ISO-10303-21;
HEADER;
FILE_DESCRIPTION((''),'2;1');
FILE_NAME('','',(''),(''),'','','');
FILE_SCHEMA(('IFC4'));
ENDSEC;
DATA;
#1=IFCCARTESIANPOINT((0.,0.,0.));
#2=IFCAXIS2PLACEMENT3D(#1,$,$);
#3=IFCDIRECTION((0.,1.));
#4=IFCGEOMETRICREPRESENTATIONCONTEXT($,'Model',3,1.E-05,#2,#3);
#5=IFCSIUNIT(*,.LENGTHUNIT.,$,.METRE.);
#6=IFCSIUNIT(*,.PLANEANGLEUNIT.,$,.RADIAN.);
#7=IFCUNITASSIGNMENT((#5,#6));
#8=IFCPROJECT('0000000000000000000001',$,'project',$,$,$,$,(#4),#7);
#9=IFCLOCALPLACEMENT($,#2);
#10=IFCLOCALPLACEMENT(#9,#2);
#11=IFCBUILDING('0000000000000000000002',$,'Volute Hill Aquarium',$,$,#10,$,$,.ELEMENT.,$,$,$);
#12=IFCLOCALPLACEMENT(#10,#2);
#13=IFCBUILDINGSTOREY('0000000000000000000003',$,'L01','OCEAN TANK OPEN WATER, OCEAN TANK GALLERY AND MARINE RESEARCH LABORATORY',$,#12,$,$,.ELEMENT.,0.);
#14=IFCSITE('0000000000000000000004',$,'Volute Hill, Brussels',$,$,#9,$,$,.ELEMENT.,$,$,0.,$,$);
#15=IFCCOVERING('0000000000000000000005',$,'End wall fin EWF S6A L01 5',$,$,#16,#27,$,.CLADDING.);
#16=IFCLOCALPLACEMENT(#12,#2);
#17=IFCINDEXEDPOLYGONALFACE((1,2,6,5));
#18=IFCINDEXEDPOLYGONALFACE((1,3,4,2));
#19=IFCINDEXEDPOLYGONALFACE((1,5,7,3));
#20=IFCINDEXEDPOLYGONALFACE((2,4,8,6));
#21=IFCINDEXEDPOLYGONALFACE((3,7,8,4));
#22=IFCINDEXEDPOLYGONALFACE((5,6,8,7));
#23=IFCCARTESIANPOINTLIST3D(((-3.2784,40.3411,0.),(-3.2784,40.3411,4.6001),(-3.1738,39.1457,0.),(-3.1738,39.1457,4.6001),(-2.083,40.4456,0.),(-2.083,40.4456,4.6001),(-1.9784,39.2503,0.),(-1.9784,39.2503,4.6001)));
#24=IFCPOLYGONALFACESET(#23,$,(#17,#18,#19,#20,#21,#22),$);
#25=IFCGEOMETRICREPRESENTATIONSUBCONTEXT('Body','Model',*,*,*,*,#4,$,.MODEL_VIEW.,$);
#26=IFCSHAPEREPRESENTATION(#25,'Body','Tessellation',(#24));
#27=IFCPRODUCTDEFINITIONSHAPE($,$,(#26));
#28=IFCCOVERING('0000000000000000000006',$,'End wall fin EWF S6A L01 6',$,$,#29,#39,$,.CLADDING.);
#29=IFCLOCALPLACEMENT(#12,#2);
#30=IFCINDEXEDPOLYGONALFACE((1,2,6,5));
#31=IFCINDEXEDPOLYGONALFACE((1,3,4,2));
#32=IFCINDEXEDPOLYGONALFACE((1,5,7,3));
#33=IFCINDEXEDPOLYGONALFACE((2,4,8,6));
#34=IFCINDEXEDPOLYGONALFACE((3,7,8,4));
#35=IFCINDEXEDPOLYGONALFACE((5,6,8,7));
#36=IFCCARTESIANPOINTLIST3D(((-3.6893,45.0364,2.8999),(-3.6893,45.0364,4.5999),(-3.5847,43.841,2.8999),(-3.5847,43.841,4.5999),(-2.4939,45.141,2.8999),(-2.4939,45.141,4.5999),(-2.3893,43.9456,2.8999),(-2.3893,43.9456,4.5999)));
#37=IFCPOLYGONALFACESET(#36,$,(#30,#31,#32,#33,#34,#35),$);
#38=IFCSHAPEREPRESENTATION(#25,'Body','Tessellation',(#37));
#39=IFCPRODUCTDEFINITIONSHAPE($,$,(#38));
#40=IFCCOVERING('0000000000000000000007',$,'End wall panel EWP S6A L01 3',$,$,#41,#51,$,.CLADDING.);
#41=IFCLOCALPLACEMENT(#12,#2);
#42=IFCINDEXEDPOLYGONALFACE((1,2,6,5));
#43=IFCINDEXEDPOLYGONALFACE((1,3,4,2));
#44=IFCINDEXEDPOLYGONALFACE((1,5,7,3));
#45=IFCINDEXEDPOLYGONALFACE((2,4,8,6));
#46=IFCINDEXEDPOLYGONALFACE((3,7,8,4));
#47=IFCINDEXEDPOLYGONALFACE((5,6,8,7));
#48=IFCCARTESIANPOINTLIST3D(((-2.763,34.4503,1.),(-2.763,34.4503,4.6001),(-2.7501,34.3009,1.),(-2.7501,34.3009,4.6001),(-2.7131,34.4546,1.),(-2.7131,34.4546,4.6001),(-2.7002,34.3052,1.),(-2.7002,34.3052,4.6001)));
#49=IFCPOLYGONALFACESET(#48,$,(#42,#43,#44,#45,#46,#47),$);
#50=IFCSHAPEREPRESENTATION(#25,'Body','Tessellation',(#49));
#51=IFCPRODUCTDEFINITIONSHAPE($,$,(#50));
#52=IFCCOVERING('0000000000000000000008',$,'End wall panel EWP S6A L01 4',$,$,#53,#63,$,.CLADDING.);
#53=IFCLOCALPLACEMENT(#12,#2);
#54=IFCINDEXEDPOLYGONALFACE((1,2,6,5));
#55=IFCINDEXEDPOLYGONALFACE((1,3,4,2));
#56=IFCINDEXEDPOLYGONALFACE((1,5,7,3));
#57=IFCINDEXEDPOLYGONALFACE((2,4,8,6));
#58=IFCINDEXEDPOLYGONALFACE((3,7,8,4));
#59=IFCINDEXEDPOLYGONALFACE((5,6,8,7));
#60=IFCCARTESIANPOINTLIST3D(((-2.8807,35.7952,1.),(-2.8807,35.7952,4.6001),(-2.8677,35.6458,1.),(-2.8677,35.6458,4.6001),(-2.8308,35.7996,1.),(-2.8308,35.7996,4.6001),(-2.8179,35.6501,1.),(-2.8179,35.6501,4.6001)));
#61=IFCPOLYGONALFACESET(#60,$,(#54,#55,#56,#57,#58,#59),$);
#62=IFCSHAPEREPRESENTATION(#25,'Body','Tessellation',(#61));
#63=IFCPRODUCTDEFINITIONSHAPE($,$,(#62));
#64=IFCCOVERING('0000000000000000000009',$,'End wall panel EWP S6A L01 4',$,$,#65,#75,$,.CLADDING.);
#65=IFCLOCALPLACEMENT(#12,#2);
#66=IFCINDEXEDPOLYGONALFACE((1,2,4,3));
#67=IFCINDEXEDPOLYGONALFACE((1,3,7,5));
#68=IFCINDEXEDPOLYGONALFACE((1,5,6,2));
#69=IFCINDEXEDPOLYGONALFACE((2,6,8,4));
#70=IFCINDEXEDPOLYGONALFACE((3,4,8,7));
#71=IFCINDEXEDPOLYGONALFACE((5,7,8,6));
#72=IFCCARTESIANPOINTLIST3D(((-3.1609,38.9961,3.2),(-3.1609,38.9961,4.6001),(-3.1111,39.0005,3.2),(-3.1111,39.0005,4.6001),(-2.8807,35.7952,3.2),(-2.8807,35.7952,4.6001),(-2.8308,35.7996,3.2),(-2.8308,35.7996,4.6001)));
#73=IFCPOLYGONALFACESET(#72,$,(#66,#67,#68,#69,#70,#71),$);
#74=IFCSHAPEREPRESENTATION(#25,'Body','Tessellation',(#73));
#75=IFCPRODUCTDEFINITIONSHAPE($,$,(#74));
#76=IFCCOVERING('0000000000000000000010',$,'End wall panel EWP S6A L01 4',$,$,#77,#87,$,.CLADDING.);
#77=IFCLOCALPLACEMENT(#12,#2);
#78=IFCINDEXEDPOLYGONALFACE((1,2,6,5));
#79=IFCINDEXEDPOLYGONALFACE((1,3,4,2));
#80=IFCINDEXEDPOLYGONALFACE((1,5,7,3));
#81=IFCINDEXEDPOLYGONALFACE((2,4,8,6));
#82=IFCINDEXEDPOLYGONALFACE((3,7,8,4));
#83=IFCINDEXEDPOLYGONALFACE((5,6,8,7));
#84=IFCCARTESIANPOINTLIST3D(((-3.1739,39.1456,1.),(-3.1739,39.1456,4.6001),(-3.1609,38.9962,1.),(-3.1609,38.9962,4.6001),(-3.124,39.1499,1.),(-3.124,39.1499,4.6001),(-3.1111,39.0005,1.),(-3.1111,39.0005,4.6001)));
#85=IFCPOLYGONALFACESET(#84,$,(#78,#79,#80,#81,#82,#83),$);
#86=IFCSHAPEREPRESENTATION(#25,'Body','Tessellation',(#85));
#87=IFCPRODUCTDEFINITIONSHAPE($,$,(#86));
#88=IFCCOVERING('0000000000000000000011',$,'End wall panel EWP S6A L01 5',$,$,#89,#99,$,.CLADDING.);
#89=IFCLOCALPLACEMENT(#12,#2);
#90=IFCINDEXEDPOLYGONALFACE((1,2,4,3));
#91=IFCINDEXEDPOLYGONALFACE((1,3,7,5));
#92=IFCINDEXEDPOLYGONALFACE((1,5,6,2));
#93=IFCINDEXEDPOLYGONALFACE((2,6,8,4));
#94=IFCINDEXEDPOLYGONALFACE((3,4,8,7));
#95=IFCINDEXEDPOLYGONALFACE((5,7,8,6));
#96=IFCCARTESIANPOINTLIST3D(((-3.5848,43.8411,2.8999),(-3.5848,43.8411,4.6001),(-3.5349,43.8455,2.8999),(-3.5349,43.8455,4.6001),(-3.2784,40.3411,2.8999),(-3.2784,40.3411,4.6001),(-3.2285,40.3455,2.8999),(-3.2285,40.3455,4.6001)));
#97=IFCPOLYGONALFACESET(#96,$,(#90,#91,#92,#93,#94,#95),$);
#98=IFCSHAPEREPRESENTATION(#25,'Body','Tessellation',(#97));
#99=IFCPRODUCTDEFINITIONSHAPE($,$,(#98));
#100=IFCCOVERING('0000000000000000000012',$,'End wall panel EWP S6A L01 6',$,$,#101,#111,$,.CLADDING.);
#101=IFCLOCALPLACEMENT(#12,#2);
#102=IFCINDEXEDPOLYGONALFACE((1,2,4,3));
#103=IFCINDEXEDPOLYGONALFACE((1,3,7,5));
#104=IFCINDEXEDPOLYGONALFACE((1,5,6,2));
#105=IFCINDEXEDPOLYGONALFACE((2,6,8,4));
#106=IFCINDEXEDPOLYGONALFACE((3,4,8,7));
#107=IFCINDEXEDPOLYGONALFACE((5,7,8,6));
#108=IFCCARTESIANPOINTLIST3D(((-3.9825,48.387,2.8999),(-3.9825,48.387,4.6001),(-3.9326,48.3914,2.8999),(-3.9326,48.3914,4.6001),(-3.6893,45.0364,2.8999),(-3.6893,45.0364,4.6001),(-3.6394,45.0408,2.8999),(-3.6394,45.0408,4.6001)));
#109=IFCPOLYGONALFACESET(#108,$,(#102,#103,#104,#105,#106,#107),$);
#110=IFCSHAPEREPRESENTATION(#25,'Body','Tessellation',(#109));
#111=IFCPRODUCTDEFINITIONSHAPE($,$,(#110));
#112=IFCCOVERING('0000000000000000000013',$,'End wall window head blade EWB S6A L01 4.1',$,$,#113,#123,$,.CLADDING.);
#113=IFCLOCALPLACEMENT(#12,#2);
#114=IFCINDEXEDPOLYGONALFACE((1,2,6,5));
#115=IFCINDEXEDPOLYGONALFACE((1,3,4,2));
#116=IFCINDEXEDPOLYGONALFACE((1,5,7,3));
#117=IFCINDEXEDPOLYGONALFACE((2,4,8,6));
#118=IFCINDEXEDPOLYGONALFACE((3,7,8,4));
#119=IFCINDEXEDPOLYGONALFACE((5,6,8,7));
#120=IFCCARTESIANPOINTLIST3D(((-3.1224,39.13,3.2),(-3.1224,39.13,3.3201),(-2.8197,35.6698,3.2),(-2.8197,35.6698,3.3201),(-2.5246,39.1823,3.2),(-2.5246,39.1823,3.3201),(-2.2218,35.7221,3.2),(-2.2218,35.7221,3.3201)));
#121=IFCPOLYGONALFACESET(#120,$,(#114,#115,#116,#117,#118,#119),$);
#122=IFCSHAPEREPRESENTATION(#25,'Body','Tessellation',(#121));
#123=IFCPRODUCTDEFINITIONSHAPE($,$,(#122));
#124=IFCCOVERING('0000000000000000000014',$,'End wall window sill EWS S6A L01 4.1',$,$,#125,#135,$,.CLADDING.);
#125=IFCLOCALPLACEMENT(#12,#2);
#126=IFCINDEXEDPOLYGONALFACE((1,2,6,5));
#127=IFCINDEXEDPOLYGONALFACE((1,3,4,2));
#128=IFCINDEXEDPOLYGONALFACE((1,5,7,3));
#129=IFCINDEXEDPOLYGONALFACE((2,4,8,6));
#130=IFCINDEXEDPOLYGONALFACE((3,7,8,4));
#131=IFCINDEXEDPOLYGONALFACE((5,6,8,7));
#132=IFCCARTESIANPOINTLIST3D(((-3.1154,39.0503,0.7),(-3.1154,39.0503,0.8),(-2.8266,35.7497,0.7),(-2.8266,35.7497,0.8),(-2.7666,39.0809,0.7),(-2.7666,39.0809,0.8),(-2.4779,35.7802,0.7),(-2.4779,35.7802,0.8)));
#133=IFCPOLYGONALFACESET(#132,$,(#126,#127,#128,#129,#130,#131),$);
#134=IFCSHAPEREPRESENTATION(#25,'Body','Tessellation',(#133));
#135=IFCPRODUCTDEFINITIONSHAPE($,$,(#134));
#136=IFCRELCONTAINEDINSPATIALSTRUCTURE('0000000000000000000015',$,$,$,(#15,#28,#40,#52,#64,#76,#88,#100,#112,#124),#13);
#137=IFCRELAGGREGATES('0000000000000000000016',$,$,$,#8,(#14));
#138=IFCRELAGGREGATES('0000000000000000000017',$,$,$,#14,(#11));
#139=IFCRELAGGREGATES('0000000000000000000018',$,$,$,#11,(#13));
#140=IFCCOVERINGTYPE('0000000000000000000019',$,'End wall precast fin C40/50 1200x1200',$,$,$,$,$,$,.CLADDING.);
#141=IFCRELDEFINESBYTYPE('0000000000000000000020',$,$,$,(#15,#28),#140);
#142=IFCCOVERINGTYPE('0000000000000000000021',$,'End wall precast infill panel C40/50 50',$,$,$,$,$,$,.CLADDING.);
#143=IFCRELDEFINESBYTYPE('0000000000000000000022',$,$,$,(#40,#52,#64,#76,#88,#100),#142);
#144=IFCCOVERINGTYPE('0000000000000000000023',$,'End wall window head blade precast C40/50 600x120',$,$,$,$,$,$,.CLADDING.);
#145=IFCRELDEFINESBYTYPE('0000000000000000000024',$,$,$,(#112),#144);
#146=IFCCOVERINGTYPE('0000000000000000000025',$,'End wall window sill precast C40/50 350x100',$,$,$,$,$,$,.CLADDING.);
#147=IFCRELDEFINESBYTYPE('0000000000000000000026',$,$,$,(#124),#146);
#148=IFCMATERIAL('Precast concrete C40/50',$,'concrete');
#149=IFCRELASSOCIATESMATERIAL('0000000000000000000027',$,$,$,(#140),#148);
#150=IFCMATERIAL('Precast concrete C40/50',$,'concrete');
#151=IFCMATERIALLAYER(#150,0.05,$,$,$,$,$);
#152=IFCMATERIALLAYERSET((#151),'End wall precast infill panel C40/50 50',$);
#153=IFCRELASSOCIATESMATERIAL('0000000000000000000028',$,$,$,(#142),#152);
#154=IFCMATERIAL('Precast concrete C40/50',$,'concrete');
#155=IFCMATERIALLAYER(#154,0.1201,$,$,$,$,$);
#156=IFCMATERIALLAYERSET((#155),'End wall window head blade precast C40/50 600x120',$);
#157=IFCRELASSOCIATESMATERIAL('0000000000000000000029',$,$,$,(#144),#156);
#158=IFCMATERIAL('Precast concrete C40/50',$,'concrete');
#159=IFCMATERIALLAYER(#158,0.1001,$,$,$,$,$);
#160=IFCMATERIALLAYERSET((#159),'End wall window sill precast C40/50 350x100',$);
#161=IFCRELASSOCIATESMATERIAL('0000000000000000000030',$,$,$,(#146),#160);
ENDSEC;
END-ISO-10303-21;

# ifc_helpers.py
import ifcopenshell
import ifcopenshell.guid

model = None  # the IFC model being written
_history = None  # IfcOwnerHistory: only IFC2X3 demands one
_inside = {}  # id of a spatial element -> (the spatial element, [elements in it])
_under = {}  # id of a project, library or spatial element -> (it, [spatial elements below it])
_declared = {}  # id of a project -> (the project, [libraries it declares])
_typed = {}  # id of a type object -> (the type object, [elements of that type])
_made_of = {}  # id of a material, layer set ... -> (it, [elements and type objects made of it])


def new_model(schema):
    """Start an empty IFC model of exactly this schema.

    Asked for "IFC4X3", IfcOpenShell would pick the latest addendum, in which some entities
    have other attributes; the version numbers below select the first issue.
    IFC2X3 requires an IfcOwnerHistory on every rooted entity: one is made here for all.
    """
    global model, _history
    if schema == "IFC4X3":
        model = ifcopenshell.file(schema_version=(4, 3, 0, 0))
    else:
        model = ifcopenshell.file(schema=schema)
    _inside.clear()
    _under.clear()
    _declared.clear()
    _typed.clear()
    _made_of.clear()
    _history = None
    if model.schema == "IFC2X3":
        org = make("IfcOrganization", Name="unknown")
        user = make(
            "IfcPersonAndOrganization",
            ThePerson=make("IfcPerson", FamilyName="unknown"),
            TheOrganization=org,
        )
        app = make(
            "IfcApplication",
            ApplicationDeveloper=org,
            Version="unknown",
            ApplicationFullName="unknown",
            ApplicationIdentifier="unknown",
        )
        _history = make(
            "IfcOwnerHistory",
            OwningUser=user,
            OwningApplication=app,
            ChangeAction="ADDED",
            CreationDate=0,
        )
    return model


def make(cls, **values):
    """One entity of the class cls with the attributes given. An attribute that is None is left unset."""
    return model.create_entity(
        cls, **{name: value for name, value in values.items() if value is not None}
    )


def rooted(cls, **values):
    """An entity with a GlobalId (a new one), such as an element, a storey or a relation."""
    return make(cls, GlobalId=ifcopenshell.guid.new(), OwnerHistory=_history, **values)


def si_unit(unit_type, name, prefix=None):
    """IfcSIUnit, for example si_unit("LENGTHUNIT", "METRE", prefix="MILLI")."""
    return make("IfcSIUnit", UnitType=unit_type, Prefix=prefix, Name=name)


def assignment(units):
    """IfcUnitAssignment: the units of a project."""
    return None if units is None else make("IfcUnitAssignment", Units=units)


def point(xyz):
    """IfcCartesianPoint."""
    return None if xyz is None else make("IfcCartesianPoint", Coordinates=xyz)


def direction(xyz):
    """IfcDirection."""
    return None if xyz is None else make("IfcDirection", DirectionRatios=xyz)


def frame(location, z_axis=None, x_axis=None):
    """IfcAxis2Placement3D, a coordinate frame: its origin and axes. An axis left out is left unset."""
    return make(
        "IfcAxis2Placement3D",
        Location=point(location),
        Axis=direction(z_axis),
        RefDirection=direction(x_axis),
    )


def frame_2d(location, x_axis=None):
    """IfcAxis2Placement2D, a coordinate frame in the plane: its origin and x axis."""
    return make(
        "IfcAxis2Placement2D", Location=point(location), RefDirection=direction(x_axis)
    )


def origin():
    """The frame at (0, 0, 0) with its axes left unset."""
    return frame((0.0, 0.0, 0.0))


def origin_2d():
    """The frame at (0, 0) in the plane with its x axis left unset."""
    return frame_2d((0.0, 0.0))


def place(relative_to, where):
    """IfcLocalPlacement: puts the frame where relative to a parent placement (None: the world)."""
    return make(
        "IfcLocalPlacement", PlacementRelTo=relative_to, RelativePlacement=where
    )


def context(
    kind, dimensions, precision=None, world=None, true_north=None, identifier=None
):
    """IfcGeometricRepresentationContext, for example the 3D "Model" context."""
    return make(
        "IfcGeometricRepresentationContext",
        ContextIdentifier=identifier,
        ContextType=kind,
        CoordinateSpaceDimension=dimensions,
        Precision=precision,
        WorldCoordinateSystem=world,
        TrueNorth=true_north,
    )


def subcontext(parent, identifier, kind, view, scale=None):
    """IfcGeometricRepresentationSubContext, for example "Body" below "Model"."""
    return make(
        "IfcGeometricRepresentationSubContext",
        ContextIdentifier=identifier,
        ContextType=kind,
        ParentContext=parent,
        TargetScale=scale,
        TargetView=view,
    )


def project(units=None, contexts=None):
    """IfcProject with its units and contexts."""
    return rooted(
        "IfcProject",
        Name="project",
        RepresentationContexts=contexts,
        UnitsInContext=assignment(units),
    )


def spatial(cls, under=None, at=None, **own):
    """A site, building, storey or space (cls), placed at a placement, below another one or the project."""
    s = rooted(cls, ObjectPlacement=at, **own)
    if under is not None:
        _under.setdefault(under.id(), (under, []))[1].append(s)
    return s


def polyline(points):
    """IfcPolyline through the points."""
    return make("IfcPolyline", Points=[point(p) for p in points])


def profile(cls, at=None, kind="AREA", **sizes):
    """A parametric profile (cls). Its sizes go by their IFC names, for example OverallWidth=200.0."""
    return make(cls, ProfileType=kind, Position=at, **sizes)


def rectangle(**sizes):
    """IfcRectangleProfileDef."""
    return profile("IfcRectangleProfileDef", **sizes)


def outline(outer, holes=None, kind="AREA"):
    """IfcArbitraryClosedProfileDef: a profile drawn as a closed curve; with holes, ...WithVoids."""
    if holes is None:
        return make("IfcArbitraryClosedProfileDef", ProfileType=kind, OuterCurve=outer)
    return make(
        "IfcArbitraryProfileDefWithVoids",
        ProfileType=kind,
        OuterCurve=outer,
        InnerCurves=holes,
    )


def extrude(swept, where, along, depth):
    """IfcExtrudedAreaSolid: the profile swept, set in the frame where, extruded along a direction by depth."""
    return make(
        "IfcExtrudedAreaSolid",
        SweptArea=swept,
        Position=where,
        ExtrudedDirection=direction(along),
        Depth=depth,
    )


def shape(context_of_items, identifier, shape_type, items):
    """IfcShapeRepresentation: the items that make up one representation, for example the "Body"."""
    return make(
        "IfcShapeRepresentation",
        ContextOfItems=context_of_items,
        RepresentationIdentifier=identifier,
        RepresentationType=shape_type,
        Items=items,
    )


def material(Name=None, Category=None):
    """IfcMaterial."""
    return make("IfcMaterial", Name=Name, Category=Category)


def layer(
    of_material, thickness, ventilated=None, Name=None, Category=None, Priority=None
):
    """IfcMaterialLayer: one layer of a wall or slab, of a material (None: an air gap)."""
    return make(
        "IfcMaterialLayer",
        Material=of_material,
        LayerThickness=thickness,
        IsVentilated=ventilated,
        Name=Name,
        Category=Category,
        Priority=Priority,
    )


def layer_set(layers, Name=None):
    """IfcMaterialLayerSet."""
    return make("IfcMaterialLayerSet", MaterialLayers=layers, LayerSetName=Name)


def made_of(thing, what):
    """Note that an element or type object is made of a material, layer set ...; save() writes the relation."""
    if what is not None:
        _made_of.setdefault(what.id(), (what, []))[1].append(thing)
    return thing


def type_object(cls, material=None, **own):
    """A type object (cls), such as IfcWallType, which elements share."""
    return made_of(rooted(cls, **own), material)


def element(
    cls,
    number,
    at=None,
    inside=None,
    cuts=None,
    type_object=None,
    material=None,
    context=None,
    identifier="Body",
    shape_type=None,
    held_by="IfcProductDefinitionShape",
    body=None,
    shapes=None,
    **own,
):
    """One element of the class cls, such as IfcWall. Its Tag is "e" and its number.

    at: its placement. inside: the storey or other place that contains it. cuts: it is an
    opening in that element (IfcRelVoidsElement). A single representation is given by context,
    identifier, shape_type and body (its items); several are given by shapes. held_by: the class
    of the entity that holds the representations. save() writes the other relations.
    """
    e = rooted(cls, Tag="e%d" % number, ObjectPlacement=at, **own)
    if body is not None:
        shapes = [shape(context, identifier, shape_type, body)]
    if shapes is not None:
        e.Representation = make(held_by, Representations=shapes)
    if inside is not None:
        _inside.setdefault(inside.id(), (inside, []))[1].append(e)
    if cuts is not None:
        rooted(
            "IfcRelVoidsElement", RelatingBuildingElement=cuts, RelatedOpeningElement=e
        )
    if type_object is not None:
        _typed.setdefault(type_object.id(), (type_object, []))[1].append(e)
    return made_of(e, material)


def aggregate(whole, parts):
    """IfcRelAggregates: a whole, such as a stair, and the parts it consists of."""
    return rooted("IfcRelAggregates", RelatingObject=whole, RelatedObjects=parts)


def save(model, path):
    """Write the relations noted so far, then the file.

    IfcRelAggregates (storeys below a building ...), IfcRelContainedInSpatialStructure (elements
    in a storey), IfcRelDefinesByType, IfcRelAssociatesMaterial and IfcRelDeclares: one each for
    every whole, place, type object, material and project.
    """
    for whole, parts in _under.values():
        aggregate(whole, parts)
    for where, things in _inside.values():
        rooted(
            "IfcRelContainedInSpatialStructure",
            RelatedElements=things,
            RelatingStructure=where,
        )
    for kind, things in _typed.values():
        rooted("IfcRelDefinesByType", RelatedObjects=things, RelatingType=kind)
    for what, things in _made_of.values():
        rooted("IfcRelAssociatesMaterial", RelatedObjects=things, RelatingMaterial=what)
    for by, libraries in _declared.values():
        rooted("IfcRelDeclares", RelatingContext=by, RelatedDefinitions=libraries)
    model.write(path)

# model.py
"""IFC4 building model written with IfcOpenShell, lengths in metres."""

from ifc_helpers import new_model, si_unit, direction, frame, origin, origin_2d, place, context, subcontext, project, spatial, polyline, rectangle, outline, extrude, material, layer, layer_set, type_object, element, save


model = new_model("IFC4")

# Units and contexts
model_context = context("Model", 3, precision=1e-05, world=origin(), true_north=direction((0.0, 1.0)))
body_context = subcontext(model_context, "Body", "Model", "MODEL_VIEW")
ifc_project = project(units=[si_unit("LENGTHUNIT", "METRE"), si_unit("PLANEANGLEUNIT", "RADIAN")], contexts=[model_context])

# Site, building, storey
site_placement = place(None, origin())
site = spatial("IfcSite", under=ifc_project, at=site_placement, Name="Volute Hill, Brussels", CompositionType="ELEMENT", RefElevation=0.0)
building_placement = place(site_placement, origin())
building = spatial("IfcBuilding", under=site, at=building_placement, Name="Volute Hill Aquarium", CompositionType="ELEMENT")
storey_placement = place(building_placement, origin())
storey = spatial("IfcBuildingStorey", under=building, at=storey_placement, Name="L01", Description="OCEAN TANK OPEN WATER, OCEAN TANK GALLERY AND MARINE RESEARCH LABORATORY", CompositionType="ELEMENT", Elevation=0.0)

# Coverings
ifc_material_1 = material(Name="Precast concrete C40/50", Category="concrete")
covering_type_1 = type_object("IfcCoveringType", Name="End wall precast fin C40/50 1200x1200", PredefinedType="CLADDING", material=ifc_material_1)
for number, where, z_axis, x_axis, name in (
    (1, (-2.6284, 39.7957, 0.0), (0.0, 0.0, 1.0), (-0.087158, 0.996194, 0.0), "End wall fin EWF S6A L01 5"),
):
    element("IfcCovering", number, at=place(storey_placement, frame(where, z_axis=z_axis, x_axis=x_axis)), inside=storey, type_object=covering_type_1, Name=name, PredefinedType="CLADDING", context=body_context, shape_type="SweptSolid", body=[
        extrude(rectangle(XDim=1.2, YDim=1.2, at=origin_2d()), origin(), (0.0, 0.0, 1.0), 4.6001),
    ])
covering_1_placement = place(storey_placement, frame((-3.0393, 44.491, 2.8999), z_axis=(0.0, 0.0, 1.0), x_axis=(-0.087158, 0.996194, 0.0)))
element("IfcCovering", 2, at=covering_1_placement, inside=storey, type_object=covering_type_1, Name="End wall fin EWF S6A L01 6", PredefinedType="CLADDING", context=body_context, shape_type="SweptSolid", body=[
    extrude(rectangle(XDim=1.2, YDim=1.2, at=origin_2d()), origin(), (0.0, 0.0, 1.0), 1.7),
])
ifc_material_2 = material(Name="Precast concrete C40/50", Category="concrete")
ifc_layer_1 = layer(ifc_material_2, 0.05)
ifc_layer_set_1 = layer_set([ifc_layer_1], Name="End wall precast infill panel C40/50 50")
covering_type_2 = type_object("IfcCoveringType", Name="End wall precast infill panel C40/50 50", PredefinedType="CLADDING", material=ifc_layer_set_1)
for number, where, z_axis, x_axis, name in (
    (3, (-2.7002, 34.3052, 1.0), (0.996271, 0.086278, 0.0), (-0.086278, 0.996271, 0.0), "End wall panel EWP S6A L01 3"),
    (4, (-2.8179, 35.6501, 1.0), (0.996271, 0.086278, 0.0), (-0.086278, 0.996271, 0.0), "End wall panel EWP S6A L01 4"),
):
    element("IfcCovering", number, at=place(storey_placement, frame(where, z_axis=z_axis, x_axis=x_axis)), inside=storey, type_object=covering_type_2, Name=name, PredefinedType="CLADDING", context=body_context, shape_type="SweptSolid", body=[
        extrude(outline(polyline([(0.0, 0.0), (0.15, 0.0), (0.15, 3.6001), (0.0, 3.6001), (0.0, 0.0)])), origin(), (0.0, 0.0, -1.0), 0.05),
    ])
covering_2_placement = place(storey_placement, frame((-2.8308, 35.7996, 3.2), z_axis=(0.996189, 0.087226, 0.0), x_axis=(-0.087226, 0.996189, 0.0)))
element("IfcCovering", 5, at=covering_2_placement, inside=storey, type_object=covering_type_2, Name="End wall panel EWP S6A L01 4", PredefinedType="CLADDING", context=body_context, shape_type="SweptSolid", body=[
    extrude(outline(polyline([(0.0, 0.0), (3.2132, 0.0), (3.2132, 1.4001), (0.0, 1.4001), (0.0, 0.0)])), origin(), (0.0, 0.0, -1.0), 0.05),
])
covering_3_placement = place(storey_placement, frame((-3.1111, 39.0005, 1.0), z_axis=(0.996271, 0.086278, 0.0), x_axis=(-0.086278, 0.996271, 0.0)))
element("IfcCovering", 6, at=covering_3_placement, inside=storey, type_object=covering_type_2, Name="End wall panel EWP S6A L01 4", PredefinedType="CLADDING", context=body_context, shape_type="SweptSolid", body=[
    extrude(outline(polyline([(0.0, 0.0), (0.15, 0.0), (0.15, 3.6001), (0.0, 3.6001), (0.0, 0.0)])), origin(), (0.0, 0.0, -1.0), 0.05),
])
covering_4_placement = place(storey_placement, frame((-3.2285, 40.3455, 2.8999), z_axis=(0.99619, 0.087208, 0.0), x_axis=(-0.087208, 0.99619, 0.0)))
element("IfcCovering", 7, at=covering_4_placement, inside=storey, type_object=covering_type_2, Name="End wall panel EWP S6A L01 5", PredefinedType="CLADDING", context=body_context, shape_type="SweptSolid", body=[
    extrude(outline(polyline([(0.0, 0.0), (3.5134, 0.0), (3.5134, 1.7002), (0.0, 1.7002), (0.0, 0.0)])), origin(), (0.0, 0.0, -1.0), 0.05),
])
covering_5_placement = place(storey_placement, frame((-3.6394, 45.0408, 2.8999), z_axis=(0.996193, 0.087178, 0.0), x_axis=(-0.087178, 0.996193, 0.0)))
element("IfcCovering", 8, at=covering_5_placement, inside=storey, type_object=covering_type_2, Name="End wall panel EWP S6A L01 6", PredefinedType="CLADDING", context=body_context, shape_type="SweptSolid", body=[
    extrude(outline(polyline([(0.0, 0.0), (3.3634, 0.0), (3.3634, 1.7002), (0.0, 1.7002), (0.0, 0.0)])), origin(), (0.0, 0.0, -1.0), 0.05),
])
ifc_material_3 = material(Name="Precast concrete C40/50", Category="concrete")
ifc_layer_2 = layer(ifc_material_3, 0.1201)
ifc_layer_set_2 = layer_set([ifc_layer_2], Name="End wall window head blade precast C40/50 600x120")
covering_type_3 = type_object("IfcCoveringType", Name="End wall window head blade precast C40/50 600x120", PredefinedType="CLADDING", material=ifc_layer_set_2)
covering_6_placement = place(storey_placement, frame((-2.6721, 37.426, 3.2), z_axis=(0.0, 0.0, 1.0), x_axis=(-0.087158, 0.996194, 0.0)))
element("IfcCovering", 9, at=covering_6_placement, inside=storey, type_object=covering_type_3, Name="End wall window head blade EWB S6A L01 4.1", PredefinedType="CLADDING", context=body_context, shape_type="SweptSolid", body=[
    extrude(rectangle(XDim=3.4734, YDim=0.6001, at=origin_2d()), origin(), (0.0, 0.0, 1.0), 0.1201),
])
ifc_material_4 = material(Name="Precast concrete C40/50", Category="concrete")
ifc_layer_3 = layer(ifc_material_4, 0.1001)
ifc_layer_set_3 = layer_set([ifc_layer_3], Name="End wall window sill precast C40/50 350x100")
covering_type_4 = type_object("IfcCoveringType", Name="End wall window sill precast C40/50 350x100", PredefinedType="CLADDING", material=ifc_layer_set_3)
covering_7_placement = place(storey_placement, frame((-2.7966, 37.4153, 0.7), z_axis=(0.0, 0.0, 1.0), x_axis=(-0.087158, 0.996194, 0.0)))
element("IfcCovering", 10, at=covering_7_placement, inside=storey, type_object=covering_type_4, Name="End wall window sill EWS S6A L01 4.1", PredefinedType="CLADDING", context=body_context, shape_type="SweptSolid", body=[
    extrude(rectangle(XDim=3.3132, YDim=0.3501, at=origin_2d()), origin(), (0.0, 0.0, 1.0), 0.1001),
])

save(model, "model.ifc")
